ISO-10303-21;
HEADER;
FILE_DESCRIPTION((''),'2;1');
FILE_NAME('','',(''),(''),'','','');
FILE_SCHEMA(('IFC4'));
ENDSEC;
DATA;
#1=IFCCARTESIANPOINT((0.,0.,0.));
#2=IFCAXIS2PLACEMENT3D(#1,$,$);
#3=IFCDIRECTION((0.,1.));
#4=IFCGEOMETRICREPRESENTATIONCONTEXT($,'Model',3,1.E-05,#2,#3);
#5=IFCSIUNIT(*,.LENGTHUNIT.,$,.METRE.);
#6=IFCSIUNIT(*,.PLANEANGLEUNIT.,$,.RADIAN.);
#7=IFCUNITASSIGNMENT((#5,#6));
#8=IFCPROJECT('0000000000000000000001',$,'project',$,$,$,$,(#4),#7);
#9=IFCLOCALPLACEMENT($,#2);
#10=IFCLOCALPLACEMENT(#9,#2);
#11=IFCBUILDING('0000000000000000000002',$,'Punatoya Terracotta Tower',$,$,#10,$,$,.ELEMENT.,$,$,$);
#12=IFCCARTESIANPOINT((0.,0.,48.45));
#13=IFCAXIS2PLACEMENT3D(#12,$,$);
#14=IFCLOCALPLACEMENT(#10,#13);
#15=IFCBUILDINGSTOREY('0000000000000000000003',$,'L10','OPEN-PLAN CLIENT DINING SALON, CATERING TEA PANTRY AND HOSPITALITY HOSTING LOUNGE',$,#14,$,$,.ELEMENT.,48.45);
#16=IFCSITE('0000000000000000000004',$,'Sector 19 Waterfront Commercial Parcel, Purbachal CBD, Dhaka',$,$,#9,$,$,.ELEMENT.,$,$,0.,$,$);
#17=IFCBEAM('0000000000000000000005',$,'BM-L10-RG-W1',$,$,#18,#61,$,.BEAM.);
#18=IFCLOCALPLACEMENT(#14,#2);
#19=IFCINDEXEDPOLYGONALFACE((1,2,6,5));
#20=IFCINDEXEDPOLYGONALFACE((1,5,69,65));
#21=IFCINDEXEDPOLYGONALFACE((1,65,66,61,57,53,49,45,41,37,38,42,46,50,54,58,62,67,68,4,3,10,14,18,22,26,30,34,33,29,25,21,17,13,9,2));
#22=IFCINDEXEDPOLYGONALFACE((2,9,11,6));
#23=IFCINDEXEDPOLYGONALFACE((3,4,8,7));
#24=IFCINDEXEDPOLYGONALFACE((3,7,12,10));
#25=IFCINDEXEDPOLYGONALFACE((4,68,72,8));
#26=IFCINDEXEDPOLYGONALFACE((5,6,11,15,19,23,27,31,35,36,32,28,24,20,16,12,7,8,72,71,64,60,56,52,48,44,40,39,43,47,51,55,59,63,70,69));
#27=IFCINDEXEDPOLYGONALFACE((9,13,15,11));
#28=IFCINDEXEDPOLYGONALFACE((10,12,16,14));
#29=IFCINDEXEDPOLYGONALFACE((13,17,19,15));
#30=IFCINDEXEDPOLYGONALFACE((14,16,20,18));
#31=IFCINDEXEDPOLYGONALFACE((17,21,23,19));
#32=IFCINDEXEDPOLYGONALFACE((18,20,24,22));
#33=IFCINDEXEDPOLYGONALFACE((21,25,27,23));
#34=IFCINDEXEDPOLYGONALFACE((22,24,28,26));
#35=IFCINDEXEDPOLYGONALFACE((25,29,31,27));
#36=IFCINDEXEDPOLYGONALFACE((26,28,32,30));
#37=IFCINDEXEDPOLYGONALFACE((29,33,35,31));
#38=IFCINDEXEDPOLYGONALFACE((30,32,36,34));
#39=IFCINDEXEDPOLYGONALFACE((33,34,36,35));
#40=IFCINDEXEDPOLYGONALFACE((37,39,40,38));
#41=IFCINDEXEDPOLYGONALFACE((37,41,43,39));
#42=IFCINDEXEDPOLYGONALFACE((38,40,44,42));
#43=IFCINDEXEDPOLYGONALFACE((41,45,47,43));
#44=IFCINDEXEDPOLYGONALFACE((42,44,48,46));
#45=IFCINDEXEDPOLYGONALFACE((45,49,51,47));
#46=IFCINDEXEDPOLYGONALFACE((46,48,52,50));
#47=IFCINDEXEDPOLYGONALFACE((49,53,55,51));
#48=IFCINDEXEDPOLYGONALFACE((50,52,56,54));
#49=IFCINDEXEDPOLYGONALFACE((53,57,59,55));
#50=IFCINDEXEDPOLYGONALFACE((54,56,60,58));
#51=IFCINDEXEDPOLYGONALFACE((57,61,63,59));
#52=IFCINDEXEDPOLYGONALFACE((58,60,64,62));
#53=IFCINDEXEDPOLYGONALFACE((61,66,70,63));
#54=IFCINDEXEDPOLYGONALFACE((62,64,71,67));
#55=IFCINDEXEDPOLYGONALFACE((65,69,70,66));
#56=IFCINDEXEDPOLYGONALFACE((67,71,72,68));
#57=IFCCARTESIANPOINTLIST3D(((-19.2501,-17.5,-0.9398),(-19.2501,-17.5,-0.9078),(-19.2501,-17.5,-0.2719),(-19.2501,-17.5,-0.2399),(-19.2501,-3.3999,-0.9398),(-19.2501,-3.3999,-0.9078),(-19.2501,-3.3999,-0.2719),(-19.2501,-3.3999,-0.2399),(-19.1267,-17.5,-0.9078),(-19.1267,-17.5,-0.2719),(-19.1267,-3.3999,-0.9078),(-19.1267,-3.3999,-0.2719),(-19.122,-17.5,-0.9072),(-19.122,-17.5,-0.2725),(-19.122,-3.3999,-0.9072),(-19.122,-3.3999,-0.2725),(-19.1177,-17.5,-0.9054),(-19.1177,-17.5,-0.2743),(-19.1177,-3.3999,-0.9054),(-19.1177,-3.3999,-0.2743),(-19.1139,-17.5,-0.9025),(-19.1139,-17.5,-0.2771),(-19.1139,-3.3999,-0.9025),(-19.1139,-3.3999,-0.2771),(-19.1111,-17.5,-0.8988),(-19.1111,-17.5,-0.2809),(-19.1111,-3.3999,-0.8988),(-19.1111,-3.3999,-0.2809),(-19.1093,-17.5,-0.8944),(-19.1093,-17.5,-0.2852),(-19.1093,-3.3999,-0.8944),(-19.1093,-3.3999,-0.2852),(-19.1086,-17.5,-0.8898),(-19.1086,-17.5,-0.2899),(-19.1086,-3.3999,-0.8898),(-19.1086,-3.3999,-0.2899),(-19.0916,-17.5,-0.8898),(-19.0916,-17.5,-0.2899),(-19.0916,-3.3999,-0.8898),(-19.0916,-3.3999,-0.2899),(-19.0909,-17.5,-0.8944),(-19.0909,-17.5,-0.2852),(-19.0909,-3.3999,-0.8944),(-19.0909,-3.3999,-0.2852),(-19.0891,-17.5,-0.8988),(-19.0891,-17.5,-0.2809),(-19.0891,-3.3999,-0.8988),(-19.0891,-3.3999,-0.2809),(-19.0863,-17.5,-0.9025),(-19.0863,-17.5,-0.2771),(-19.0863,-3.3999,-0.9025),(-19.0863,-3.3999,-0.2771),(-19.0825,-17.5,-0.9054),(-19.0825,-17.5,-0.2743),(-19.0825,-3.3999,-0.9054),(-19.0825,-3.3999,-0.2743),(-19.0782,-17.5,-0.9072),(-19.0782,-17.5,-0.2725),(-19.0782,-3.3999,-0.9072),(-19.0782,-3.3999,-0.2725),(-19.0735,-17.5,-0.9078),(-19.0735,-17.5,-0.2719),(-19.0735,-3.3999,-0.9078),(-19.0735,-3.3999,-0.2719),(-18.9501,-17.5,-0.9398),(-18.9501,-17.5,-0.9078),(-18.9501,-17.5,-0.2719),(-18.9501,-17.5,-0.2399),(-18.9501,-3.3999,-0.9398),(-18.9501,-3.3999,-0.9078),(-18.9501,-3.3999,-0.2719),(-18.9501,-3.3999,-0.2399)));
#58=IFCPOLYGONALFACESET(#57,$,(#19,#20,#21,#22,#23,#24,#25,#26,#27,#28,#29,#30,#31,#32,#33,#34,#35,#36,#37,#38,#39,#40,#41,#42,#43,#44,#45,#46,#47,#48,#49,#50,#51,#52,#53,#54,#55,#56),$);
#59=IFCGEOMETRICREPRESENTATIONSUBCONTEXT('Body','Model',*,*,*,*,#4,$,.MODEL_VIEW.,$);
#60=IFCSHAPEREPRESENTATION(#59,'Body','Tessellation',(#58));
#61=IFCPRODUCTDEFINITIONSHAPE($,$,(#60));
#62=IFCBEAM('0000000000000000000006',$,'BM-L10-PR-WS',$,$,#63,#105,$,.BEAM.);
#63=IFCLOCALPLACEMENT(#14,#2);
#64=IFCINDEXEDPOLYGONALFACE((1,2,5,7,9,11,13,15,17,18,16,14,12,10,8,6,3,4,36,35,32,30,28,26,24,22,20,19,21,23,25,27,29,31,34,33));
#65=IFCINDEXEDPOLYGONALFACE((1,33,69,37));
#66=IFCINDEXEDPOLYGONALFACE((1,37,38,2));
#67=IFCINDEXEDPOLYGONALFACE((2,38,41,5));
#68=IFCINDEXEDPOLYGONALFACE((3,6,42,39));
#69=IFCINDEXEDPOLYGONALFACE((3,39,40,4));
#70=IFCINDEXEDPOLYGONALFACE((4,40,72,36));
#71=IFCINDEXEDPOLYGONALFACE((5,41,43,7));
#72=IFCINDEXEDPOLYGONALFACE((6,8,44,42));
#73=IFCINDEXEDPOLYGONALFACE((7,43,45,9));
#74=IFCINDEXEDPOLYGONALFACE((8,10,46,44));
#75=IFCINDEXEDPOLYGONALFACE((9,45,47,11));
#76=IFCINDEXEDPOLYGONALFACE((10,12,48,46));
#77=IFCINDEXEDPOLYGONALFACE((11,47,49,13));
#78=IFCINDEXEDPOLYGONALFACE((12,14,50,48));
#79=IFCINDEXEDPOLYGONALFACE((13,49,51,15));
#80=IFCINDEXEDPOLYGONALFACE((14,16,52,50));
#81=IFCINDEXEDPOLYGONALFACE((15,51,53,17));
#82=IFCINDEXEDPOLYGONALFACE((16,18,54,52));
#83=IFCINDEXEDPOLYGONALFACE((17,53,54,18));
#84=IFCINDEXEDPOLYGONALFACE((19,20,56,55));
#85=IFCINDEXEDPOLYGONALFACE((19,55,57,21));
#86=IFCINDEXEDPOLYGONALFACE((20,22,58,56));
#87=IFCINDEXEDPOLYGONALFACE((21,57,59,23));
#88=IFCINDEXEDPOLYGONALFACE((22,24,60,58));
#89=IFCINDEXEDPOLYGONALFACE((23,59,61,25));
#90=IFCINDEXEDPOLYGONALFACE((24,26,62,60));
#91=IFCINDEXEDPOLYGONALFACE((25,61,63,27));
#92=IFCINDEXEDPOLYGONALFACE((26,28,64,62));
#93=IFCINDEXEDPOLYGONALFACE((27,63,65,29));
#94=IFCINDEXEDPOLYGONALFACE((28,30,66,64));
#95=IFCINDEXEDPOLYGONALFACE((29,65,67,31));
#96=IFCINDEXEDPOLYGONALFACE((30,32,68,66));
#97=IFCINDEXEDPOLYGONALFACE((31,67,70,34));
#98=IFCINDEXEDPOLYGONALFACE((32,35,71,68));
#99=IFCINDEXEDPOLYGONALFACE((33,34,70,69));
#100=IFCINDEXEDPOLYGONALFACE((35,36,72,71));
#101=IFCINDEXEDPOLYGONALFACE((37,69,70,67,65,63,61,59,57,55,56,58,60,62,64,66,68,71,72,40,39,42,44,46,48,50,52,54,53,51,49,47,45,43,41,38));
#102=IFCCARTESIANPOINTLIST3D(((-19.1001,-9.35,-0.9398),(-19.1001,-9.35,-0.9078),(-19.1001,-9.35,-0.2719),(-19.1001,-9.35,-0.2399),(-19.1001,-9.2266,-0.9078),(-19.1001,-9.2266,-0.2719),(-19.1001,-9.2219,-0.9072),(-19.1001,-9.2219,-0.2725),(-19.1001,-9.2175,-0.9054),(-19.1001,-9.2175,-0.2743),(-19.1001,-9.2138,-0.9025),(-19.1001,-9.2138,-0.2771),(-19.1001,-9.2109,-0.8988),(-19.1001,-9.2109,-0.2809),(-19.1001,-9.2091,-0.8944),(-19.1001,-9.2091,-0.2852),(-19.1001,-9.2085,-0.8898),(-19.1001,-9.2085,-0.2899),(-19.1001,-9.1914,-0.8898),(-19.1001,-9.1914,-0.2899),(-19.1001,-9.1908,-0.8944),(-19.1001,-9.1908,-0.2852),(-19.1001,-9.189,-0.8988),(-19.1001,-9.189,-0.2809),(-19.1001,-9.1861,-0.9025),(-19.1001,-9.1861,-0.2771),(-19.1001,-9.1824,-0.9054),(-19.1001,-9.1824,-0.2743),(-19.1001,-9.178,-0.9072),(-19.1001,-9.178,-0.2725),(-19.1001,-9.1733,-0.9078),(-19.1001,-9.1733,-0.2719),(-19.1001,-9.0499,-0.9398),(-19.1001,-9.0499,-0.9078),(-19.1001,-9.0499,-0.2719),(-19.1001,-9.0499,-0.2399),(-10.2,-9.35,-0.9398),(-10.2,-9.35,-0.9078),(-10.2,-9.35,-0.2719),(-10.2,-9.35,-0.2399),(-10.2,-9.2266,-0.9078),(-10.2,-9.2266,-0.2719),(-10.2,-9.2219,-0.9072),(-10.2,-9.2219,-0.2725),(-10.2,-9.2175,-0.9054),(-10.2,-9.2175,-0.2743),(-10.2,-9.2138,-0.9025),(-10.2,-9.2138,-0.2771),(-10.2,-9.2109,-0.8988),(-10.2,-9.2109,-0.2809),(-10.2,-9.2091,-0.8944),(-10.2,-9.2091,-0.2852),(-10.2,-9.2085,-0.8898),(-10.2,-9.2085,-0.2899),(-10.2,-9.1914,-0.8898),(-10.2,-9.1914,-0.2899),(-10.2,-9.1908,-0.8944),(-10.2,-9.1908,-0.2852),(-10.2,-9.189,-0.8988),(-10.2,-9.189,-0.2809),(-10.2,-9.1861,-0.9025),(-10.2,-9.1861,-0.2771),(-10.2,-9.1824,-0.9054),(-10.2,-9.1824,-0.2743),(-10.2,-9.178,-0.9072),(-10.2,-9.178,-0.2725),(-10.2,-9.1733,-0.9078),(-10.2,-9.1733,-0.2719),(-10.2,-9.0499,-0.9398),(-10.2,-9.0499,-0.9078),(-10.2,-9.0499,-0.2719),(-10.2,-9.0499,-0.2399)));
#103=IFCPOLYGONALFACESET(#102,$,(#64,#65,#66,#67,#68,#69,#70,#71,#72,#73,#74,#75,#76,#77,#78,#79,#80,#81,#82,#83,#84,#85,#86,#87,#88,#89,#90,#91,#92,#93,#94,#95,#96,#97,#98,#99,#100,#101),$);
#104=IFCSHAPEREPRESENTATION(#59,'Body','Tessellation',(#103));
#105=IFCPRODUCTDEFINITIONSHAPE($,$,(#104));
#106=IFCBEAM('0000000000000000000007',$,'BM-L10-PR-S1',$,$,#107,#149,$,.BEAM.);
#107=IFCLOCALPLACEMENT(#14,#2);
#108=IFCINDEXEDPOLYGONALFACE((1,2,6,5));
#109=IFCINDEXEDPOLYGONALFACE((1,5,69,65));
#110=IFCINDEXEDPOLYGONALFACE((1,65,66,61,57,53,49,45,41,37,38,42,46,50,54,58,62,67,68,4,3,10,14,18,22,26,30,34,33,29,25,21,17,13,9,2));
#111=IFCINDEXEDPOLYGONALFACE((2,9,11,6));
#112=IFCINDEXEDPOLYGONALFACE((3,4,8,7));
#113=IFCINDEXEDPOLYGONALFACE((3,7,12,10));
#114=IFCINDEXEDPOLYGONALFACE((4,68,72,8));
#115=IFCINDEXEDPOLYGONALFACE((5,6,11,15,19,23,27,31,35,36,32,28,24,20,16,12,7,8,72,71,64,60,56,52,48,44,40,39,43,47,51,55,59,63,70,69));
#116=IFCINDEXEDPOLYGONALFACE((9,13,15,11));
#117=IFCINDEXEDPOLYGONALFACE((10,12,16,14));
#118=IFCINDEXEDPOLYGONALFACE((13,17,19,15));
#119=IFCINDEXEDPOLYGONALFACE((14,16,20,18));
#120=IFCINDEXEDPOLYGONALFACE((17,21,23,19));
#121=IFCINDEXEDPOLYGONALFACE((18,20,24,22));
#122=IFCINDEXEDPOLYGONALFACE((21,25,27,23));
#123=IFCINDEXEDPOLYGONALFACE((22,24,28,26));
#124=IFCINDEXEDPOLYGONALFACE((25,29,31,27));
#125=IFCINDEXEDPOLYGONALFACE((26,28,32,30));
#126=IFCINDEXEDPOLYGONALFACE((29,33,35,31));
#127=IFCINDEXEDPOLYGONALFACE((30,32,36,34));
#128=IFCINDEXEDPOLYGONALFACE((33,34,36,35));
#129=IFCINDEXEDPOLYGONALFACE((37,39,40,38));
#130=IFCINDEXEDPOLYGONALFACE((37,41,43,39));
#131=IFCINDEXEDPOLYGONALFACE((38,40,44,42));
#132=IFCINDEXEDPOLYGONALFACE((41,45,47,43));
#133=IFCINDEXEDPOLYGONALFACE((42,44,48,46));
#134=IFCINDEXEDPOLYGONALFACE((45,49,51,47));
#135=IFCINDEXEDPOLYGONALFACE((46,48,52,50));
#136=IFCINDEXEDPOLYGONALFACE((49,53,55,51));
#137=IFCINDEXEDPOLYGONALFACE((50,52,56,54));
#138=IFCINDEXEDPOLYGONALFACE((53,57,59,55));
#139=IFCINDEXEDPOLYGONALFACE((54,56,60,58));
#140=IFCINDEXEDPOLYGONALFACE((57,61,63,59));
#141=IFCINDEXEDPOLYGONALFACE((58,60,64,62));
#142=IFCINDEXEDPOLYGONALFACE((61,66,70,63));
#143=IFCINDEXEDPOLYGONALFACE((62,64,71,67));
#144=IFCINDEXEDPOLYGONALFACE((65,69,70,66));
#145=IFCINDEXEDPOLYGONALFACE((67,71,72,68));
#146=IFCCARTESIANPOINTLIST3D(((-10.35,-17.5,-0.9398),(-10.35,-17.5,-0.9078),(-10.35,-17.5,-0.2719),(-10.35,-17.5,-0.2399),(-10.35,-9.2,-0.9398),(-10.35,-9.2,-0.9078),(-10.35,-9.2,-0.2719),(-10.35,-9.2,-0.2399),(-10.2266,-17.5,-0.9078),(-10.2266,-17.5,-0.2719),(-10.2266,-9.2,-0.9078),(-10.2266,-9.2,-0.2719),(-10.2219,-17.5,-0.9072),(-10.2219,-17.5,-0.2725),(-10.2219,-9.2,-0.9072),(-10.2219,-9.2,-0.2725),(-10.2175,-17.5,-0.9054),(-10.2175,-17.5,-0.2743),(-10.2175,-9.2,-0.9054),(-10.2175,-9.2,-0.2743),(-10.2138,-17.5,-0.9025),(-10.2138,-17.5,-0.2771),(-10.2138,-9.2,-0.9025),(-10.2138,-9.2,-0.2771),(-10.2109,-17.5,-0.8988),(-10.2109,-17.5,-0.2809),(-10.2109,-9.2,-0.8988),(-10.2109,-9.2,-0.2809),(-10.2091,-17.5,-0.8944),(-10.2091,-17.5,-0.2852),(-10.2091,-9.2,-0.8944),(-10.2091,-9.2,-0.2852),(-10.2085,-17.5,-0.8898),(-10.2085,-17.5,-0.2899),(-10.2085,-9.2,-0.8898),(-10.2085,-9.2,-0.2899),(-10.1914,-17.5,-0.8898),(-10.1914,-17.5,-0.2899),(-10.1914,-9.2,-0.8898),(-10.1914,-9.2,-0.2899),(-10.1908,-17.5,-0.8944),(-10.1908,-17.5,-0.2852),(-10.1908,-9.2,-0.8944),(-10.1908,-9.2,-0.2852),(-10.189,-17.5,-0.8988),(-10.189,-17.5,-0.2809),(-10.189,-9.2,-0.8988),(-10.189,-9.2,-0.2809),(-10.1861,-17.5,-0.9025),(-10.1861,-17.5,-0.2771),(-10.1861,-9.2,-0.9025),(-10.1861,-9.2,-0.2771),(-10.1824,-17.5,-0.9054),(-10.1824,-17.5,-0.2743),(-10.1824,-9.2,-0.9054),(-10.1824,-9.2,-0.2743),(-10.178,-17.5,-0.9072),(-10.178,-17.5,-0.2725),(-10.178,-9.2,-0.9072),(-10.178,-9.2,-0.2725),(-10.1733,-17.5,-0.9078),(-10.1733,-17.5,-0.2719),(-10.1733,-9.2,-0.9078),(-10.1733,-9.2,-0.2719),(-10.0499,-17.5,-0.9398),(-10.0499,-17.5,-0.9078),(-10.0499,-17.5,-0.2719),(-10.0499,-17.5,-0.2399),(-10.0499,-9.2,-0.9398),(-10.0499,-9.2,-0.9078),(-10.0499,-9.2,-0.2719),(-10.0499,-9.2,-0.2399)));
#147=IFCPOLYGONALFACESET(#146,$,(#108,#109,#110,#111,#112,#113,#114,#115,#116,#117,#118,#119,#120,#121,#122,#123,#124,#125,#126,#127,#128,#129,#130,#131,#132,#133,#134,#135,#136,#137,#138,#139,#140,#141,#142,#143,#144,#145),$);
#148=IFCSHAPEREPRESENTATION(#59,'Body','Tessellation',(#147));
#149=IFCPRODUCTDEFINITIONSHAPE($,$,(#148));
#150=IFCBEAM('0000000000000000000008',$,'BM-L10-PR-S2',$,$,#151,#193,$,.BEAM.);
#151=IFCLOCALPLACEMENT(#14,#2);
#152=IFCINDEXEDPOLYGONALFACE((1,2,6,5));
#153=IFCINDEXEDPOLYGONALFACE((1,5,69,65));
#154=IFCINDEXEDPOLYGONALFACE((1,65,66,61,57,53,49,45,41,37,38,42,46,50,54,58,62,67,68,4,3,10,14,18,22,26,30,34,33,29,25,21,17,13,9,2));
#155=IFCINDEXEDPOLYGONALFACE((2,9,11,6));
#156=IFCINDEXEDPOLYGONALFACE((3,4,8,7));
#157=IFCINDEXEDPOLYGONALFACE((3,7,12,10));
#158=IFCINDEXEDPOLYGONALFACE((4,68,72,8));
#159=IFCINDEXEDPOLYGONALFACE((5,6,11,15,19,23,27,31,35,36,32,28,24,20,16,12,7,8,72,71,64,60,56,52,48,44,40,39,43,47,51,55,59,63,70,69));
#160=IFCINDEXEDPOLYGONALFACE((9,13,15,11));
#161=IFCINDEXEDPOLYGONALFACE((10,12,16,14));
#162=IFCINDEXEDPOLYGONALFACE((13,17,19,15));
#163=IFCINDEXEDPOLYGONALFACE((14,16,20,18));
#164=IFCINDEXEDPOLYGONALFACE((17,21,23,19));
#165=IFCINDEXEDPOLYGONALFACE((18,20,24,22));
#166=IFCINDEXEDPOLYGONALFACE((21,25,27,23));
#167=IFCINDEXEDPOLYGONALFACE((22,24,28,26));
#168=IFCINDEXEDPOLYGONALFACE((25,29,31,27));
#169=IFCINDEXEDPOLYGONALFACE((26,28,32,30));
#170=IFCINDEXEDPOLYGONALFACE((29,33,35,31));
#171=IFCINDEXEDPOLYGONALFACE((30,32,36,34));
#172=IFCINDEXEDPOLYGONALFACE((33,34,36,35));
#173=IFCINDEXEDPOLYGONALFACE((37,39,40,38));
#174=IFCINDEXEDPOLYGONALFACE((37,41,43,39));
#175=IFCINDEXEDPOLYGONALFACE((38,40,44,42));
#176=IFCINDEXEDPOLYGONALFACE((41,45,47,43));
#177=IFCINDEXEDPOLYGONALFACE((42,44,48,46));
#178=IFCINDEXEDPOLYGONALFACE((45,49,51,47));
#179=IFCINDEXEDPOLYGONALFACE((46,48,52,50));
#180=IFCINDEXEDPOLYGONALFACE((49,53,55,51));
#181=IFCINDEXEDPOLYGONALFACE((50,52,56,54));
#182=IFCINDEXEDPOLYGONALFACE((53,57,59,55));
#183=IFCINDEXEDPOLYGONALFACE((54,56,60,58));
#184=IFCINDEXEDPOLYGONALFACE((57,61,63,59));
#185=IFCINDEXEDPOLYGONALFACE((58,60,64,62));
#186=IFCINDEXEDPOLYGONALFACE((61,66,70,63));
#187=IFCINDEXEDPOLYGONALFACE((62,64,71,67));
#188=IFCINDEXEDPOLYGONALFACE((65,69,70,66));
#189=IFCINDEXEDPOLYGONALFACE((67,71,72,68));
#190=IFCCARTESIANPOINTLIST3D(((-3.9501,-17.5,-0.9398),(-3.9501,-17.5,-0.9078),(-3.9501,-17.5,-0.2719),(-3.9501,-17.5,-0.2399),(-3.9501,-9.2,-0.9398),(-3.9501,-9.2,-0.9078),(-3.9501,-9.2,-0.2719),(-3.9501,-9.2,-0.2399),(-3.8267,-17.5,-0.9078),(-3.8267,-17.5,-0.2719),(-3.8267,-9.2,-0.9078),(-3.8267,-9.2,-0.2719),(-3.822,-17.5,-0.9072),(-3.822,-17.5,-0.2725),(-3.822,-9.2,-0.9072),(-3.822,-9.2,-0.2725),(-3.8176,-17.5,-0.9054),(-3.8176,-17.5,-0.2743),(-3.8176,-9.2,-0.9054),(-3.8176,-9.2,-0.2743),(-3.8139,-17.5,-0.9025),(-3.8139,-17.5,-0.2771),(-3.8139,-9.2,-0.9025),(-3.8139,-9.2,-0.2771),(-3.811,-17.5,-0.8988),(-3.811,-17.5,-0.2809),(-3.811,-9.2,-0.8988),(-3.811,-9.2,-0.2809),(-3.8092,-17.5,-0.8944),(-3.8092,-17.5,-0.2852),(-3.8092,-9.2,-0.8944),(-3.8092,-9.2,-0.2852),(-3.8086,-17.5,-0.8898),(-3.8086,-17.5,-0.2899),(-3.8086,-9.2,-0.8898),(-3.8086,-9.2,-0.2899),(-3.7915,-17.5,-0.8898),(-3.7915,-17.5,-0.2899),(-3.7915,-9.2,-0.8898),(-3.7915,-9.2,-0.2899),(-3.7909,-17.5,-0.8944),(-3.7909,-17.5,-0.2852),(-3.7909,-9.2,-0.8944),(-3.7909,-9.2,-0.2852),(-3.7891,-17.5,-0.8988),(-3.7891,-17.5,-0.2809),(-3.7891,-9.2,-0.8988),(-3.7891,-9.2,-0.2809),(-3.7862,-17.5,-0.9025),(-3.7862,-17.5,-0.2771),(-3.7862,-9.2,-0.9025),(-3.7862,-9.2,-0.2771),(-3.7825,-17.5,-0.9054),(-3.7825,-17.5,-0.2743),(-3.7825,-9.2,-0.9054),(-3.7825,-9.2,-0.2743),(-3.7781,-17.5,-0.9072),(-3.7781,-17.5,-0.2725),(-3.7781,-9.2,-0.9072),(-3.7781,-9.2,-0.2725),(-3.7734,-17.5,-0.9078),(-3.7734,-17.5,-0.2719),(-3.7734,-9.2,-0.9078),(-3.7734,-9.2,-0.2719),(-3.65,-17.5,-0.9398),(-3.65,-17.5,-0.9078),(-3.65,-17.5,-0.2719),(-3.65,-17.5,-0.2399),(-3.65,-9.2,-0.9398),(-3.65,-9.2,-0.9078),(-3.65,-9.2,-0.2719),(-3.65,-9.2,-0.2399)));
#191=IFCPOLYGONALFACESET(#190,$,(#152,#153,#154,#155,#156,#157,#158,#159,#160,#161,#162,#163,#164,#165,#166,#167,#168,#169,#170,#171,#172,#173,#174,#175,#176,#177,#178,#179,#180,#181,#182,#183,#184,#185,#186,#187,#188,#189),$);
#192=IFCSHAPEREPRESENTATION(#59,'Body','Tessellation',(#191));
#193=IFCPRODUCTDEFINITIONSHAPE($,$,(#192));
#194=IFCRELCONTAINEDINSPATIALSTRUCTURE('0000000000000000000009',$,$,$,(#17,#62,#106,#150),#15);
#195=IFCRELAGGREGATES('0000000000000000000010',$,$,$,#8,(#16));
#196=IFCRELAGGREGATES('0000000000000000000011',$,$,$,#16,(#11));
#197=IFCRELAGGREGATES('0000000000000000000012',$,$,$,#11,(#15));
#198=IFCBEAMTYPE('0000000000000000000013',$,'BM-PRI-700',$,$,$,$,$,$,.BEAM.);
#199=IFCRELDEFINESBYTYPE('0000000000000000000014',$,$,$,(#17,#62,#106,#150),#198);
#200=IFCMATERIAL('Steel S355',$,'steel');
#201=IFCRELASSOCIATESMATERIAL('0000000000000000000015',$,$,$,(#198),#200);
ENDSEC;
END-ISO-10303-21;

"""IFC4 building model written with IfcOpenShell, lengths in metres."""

from ifc_helpers import new_model, si_unit, direction, frame, origin, origin_2d, place, context, subcontext, project, spatial, i_section, extrude, material, material_profile, profile_set, type_object, element, save


model = new_model("IFC4")

# Units and contexts
model_context = context("Model", 3, precision=1e-05, world=origin(), true_north=direction((0.0, 1.0)))
body_context = subcontext(model_context, "Body", "Model", "MODEL_VIEW")
ifc_project = project(units=[si_unit("LENGTHUNIT", "METRE"), si_unit("PLANEANGLEUNIT", "RADIAN")], contexts=[model_context])

# Site, building, storey
site_placement = place(None, origin())
site = spatial("IfcSite", under=ifc_project, at=site_placement, Name="Sector 19 Waterfront Commercial Parcel, Purbachal CBD, Dhaka", CompositionType="ELEMENT", RefElevation=0.0)
building_placement = place(site_placement, origin())
building = spatial("IfcBuilding", under=site, at=building_placement, Name="Punatoya Terracotta Tower", CompositionType="ELEMENT")
storey_placement = place(building_placement, frame((0.0, 0.0, 48.45)))
storey = spatial("IfcBuildingStorey", under=building, at=storey_placement, Name="L10", Description="OPEN-PLAN CLIENT DINING SALON, CATERING TEA PANTRY AND HOSPITALITY HOSTING LOUNGE", CompositionType="ELEMENT", Elevation=48.45)

# Beams
ifc_material_1 = material(Name="Steel S355", Category="steel")
ifc_material_profile_1 = material_profile(ifc_material_1, i_section(OverallWidth=0.3, OverallDepth=0.7, WebThickness=0.0171, FlangeThickness=0.032, FilletRadius=0.0181, at=origin_2d()))
ifc_profile_set_1 = profile_set([ifc_material_profile_1], Name="Steel S355")
beam_type_1 = type_object("IfcBeamType", Name="BM-PRI-700", PredefinedType="BEAM", material=ifc_profile_set_1)
beam_1_placement = place(storey_placement, frame((-19.1001, -17.5, -0.5898), z_axis=(0.0, 1.0, 0.0), x_axis=(-1.0, 0.0, 0.0)))
element("IfcBeam", 1, at=beam_1_placement, inside=storey, type_object=beam_type_1, Name="BM-L10-RG-W1", PredefinedType="BEAM", context=body_context, shape_type="SweptSolid", body=[
    extrude(i_section(OverallWidth=0.3, OverallDepth=0.7, WebThickness=0.0171, FlangeThickness=0.032, FilletRadius=0.0181, at=origin_2d()), origin(), (0.0, 0.0, 1.0), 14.1001),
])
beam_2_placement = place(storey_placement, frame((-19.1001, -9.2, -0.5898), z_axis=(1.0, 0.0, 0.0), x_axis=(0.0, 1.0, 0.0)))
element("IfcBeam", 2, at=beam_2_placement, inside=storey, type_object=beam_type_1, Name="BM-L10-PR-WS", PredefinedType="BEAM", context=body_context, shape_type="SweptSolid", body=[
    extrude(i_section(OverallWidth=0.3, OverallDepth=0.7, WebThickness=0.0171, FlangeThickness=0.032, FilletRadius=0.0181, at=origin_2d()), origin(), (0.0, 0.0, 1.0), 8.9001),
])
for number, where, z_axis, x_axis, name in (
    (3, (-10.2, -17.5, -0.5898), (0.0, 1.0, 0.0), (-1.0, 0.0, 0.0), "BM-L10-PR-S1"),
    (4, (-3.8, -17.5, -0.5898), (0.0, 1.0, 0.0), (-1.0, 0.0, 0.0), "BM-L10-PR-S2"),
):
    element("IfcBeam", number, at=place(storey_placement, frame(where, z_axis=z_axis, x_axis=x_axis)), inside=storey, type_object=beam_type_1, Name=name, PredefinedType="BEAM", context=body_context, shape_type="SweptSolid", body=[
        extrude(i_section(OverallWidth=0.3, OverallDepth=0.7, WebThickness=0.0171, FlangeThickness=0.032, FilletRadius=0.0181, at=origin_2d()), origin(), (0.0, 0.0, 1.0), 8.3),
    ])

save(model, "model.ifc")
